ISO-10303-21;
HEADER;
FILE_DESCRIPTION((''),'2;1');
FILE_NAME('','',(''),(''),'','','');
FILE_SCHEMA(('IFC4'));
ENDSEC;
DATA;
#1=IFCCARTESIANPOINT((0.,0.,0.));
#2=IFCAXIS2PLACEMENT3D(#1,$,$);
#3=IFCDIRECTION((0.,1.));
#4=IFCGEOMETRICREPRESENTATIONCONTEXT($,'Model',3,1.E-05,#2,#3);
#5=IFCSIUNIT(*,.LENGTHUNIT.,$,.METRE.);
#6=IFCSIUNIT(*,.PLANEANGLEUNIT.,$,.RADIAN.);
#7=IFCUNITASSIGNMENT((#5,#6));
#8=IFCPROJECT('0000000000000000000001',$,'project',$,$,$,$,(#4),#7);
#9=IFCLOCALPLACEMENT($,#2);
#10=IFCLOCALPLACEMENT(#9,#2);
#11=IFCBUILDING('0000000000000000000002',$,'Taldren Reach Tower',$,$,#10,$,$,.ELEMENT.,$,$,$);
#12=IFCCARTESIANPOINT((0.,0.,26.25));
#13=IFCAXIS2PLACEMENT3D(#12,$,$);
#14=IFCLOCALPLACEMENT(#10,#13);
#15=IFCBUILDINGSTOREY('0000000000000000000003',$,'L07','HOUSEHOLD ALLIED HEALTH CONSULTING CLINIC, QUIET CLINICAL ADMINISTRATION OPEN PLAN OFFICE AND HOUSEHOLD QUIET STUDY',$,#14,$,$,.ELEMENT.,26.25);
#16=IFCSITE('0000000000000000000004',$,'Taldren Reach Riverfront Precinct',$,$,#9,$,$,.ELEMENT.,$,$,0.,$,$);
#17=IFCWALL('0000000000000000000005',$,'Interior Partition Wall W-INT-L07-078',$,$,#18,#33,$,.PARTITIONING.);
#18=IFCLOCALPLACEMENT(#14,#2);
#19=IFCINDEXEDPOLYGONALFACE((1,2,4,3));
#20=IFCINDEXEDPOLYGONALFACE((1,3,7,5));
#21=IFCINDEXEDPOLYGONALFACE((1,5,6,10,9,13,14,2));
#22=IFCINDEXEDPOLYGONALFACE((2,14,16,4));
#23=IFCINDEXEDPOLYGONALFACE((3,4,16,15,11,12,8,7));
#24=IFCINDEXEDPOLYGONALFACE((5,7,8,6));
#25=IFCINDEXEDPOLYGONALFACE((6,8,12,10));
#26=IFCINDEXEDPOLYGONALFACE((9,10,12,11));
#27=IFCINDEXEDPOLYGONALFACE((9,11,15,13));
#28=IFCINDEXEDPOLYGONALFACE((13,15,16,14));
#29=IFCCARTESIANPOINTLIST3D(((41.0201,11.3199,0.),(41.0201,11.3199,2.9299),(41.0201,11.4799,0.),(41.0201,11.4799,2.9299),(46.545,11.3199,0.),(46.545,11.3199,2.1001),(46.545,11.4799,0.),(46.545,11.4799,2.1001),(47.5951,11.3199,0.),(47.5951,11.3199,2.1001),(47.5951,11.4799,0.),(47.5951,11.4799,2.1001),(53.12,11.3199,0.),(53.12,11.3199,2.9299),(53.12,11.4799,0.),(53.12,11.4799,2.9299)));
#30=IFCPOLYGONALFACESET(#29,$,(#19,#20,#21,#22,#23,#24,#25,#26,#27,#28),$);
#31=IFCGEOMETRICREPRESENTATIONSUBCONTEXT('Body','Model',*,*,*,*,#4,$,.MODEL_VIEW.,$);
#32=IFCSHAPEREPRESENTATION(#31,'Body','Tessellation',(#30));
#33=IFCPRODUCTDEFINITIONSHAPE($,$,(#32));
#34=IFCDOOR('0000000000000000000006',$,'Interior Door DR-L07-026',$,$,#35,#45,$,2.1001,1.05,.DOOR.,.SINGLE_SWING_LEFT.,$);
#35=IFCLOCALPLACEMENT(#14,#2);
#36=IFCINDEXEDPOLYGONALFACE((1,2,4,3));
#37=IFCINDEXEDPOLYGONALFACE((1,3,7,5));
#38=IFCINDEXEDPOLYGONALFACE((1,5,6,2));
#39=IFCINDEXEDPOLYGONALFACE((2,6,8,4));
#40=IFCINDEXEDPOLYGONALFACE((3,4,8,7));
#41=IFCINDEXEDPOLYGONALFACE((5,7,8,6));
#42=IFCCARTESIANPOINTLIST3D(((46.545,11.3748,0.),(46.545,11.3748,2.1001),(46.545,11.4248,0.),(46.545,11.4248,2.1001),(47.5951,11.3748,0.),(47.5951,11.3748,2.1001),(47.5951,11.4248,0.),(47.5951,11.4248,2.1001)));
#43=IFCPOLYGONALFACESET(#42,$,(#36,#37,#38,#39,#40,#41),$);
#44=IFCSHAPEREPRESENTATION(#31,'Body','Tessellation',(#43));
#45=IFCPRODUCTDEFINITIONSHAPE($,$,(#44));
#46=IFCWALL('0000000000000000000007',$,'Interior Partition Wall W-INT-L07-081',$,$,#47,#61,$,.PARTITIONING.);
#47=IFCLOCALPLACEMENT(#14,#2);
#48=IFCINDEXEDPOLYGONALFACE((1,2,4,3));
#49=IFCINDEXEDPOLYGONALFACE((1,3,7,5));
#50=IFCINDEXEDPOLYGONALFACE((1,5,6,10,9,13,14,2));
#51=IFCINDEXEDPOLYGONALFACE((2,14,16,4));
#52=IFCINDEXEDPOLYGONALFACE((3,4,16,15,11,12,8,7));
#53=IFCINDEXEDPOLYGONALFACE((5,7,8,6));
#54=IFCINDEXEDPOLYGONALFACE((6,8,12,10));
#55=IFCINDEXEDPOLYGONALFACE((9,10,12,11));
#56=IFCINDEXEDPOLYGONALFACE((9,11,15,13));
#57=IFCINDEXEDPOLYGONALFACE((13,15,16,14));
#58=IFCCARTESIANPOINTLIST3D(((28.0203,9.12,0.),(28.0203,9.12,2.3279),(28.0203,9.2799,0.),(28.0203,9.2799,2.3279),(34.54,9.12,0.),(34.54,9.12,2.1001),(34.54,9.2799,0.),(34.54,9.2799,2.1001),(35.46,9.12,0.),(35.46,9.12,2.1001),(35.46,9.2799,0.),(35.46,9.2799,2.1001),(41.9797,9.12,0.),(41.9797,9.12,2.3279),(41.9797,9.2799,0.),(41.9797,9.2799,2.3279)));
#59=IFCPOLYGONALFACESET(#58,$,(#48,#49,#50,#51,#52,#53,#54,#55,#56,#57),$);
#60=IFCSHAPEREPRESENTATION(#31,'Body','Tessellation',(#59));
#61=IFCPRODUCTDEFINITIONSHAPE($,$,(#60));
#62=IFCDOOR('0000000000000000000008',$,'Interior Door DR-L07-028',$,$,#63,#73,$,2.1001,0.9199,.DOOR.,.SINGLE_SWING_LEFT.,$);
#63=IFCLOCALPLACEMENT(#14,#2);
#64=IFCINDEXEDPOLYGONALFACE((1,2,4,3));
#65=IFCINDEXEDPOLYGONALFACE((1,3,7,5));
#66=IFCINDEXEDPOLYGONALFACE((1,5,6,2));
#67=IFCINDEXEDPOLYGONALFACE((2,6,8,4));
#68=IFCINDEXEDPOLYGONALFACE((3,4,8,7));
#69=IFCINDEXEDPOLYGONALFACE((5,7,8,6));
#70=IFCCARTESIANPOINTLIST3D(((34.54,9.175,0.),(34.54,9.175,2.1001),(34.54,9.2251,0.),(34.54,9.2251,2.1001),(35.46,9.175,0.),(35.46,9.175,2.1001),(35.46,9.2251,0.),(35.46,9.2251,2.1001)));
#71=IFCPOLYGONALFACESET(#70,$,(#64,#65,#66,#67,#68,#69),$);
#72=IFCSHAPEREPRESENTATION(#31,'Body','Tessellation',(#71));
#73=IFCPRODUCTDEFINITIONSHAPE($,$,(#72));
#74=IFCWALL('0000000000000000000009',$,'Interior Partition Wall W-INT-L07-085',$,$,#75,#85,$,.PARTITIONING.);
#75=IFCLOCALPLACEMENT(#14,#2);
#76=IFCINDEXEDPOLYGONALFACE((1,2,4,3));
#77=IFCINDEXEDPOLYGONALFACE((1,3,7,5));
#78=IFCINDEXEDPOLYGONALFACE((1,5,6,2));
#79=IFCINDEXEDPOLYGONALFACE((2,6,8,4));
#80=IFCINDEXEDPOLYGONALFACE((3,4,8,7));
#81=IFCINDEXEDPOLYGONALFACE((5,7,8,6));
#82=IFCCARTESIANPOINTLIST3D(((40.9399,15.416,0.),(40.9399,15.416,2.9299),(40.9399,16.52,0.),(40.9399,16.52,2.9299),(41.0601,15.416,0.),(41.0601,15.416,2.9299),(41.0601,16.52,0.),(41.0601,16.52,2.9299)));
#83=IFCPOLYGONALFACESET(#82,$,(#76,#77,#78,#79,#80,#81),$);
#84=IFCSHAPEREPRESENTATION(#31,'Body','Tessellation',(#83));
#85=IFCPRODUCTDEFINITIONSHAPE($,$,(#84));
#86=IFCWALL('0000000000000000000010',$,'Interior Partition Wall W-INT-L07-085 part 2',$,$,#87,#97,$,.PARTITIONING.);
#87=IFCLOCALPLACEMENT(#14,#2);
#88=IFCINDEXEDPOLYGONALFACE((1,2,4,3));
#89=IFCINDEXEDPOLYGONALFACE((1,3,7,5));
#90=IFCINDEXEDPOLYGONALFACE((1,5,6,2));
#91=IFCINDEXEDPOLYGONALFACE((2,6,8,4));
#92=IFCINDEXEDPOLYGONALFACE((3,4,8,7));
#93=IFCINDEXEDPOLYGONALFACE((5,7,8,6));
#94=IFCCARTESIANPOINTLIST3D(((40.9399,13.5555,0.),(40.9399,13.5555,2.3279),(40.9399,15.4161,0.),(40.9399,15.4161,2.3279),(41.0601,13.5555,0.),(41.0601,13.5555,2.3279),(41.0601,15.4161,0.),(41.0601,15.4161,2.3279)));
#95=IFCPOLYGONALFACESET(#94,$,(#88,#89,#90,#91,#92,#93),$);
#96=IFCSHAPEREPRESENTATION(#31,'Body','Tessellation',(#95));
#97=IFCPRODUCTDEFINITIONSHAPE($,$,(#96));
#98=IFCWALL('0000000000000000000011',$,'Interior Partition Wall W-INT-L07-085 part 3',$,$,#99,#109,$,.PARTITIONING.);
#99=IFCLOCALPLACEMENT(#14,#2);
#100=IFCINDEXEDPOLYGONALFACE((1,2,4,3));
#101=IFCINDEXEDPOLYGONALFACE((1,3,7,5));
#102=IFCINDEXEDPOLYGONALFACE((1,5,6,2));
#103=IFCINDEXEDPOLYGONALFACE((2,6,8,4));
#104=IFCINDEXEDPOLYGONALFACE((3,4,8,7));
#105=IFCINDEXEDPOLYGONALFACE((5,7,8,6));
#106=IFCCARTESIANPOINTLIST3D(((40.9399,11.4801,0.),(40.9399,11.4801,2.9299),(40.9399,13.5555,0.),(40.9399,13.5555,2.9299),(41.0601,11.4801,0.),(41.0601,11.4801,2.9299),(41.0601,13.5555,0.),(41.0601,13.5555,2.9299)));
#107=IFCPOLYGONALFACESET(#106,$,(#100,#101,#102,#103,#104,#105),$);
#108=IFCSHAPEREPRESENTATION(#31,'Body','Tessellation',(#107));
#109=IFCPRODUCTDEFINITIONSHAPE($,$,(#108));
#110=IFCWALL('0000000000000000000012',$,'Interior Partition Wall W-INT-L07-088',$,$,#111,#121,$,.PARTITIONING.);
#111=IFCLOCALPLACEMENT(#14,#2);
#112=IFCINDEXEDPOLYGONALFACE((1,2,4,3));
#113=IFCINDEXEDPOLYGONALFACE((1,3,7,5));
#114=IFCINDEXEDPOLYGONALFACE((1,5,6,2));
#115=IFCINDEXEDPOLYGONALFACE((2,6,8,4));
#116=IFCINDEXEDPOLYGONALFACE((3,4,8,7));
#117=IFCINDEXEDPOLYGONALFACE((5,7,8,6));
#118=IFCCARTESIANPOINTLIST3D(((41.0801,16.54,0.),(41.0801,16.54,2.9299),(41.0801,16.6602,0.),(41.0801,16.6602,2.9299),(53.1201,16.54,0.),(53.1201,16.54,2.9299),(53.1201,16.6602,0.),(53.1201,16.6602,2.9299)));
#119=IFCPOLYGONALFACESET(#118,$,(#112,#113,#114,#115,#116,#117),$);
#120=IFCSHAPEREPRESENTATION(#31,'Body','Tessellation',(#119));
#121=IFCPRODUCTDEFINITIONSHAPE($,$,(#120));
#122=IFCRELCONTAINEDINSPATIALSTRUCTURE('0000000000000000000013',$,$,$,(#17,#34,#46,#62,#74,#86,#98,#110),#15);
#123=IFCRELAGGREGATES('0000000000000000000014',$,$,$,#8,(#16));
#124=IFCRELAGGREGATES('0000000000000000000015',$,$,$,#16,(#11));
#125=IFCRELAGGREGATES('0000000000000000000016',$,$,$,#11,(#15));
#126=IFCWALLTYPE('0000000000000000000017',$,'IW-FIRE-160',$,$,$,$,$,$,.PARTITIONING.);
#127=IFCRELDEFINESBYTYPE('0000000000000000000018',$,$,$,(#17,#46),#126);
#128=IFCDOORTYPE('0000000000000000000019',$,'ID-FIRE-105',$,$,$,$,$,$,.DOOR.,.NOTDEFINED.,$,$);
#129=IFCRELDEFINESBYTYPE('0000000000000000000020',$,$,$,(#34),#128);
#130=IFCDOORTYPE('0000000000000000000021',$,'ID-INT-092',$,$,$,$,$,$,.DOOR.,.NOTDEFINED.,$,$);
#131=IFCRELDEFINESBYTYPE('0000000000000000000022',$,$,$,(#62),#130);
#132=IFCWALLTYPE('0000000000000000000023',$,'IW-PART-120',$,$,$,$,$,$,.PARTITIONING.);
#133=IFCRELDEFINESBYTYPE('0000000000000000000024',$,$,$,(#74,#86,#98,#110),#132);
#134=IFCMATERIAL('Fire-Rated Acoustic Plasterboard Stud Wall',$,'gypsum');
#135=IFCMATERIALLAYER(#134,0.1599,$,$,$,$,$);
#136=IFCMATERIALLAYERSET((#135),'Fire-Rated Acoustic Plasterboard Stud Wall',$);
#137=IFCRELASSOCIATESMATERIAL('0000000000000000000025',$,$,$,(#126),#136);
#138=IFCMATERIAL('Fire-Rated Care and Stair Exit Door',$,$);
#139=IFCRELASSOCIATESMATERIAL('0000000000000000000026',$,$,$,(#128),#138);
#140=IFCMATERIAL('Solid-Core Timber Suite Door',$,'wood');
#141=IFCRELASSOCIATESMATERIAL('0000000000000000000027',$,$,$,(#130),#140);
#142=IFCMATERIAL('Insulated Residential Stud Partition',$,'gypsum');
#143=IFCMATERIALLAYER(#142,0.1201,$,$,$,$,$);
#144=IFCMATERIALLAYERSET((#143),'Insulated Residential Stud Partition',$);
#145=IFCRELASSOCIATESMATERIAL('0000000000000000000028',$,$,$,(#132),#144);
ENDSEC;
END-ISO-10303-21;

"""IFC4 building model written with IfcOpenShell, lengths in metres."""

from ifc_helpers import new_model, si_unit, direction, frame, frame_2d, origin, place, context, subcontext, project, spatial, rectangle, extrude, source, transform, mapped, material, layer, layer_set, type_object, element, fill, save


model = new_model("IFC4")

# Units and contexts
model_context = context("Model", 3, precision=1e-05, world=origin(), true_north=direction((0.0, 1.0)))
body_context = subcontext(model_context, "Body", "Model", "MODEL_VIEW")
ifc_project = project(units=[si_unit("LENGTHUNIT", "METRE"), si_unit("PLANEANGLEUNIT", "RADIAN")], contexts=[model_context])

# Site, building, storey
site_placement = place(None, origin())
site = spatial("IfcSite", under=ifc_project, at=site_placement, Name="Taldren Reach Riverfront Precinct", CompositionType="ELEMENT", RefElevation=0.0)
building_placement = place(site_placement, origin())
building = spatial("IfcBuilding", under=site, at=building_placement, Name="Taldren Reach Tower", CompositionType="ELEMENT")
storey_placement = place(building_placement, frame((0.0, 0.0, 26.25)))
storey = spatial("IfcBuildingStorey", under=building, at=storey_placement, Name="L07", Description="HOUSEHOLD ALLIED HEALTH CONSULTING CLINIC, QUIET CLINICAL ADMINISTRATION OPEN PLAN OFFICE AND HOUSEHOLD QUIET STUDY", CompositionType="ELEMENT", Elevation=26.25)

# Shared definitions
ifc_material_1 = material(Name="Fire-Rated Acoustic Plasterboard Stud Wall", Category="gypsum")
ifc_layer_1 = layer(ifc_material_1, 0.1599)
ifc_layer_set_1 = layer_set([ifc_layer_1], Name="Fire-Rated Acoustic Plasterboard Stud Wall")
wall_type_1 = type_object("IfcWallType", Name="IW-FIRE-160", PredefinedType="PARTITIONING", material=ifc_layer_set_1)

# Shared definitions
shared_shape_1 = source(origin(), body_context, "Body", "SweptSolid", [
    extrude(rectangle(XDim=1.05, YDim=2.1001, at=frame_2d((0.5249, 1.05))), frame((0.0, 0.0898, 0.0), z_axis=(0.0, -1.0, 0.0), x_axis=(1.0, 0.0, 0.0)), (0.0, 0.0, 1.0), 0.1799),
])
ifc_material_2 = material(Name="Fire-Rated Care and Stair Exit Door")
door_type_1 = type_object("IfcDoorType", Name="ID-FIRE-105", OperationType="NOTDEFINED", PredefinedType="DOOR", material=ifc_material_2)
shared_shape_2 = source(origin(), body_context, "Body", "SweptSolid", [
    extrude(rectangle(XDim=1.05, YDim=2.1001, at=frame_2d((0.5249, 1.05))), frame((0.0, 0.0249, 0.0), z_axis=(0.0, -1.0, 0.0), x_axis=(1.0, 0.0, 0.0)), (0.0, 0.0, 1.0), 0.05),
])
shared_shape_3 = source(origin(), body_context, "Body", "SweptSolid", [
    extrude(rectangle(XDim=0.9199, YDim=2.1001, at=frame_2d((0.46, 1.05))), frame((0.0, 0.0898, 0.0), z_axis=(0.0, -1.0, 0.0), x_axis=(1.0, 0.0, 0.0)), (0.0, 0.0, 1.0), 0.1799),
])
ifc_material_3 = material(Name="Solid-Core Timber Suite Door", Category="wood")
door_type_2 = type_object("IfcDoorType", Name="ID-INT-092", OperationType="NOTDEFINED", PredefinedType="DOOR", material=ifc_material_3)
shared_shape_4 = source(origin(), body_context, "Body", "SweptSolid", [
    extrude(rectangle(XDim=0.9199, YDim=2.1001, at=frame_2d((0.46, 1.05))), frame((0.0, 0.0249, 0.0), z_axis=(0.0, -1.0, 0.0), x_axis=(1.0, 0.0, 0.0)), (0.0, 0.0, 1.0), 0.05),
])

# Walls, openings, doors
shared_shape_5 = source(origin(), body_context, "Body", "SweptSolid", [
    extrude(rectangle(XDim=12.0999, YDim=0.1599, at=frame_2d((6.0498, 0.0))), origin(), (0.0, 0.0, 1.0), 2.9299),
])
wall_1_placement = place(storey_placement, frame((41.0203, 11.3999, 0.0), z_axis=(0.0, 0.0, 1.0), x_axis=(1.0, 0.0, 0.0)))
wall_1 = element("IfcWall", 1, at=wall_1_placement, inside=storey, type_object=wall_type_1, Name="Interior Partition Wall W-INT-L07-078", PredefinedType="PARTITIONING", context=body_context, shape_type="MappedRepresentation", body=[
    mapped(shared_shape_5, transform((0.0, 0.0, 0.0), scale=1.0)),
])
opening_1_placement = place(wall_1_placement, frame((5.5249, 0.0, 0.0)))
opening_1 = element("IfcOpeningElement", 2, at=opening_1_placement, cuts=wall_1, PredefinedType="OPENING", context=body_context, shape_type="MappedRepresentation", body=[
    mapped(shared_shape_1, transform((0.0, 0.0, 0.0), scale=1.0)),
])
door_1_placement = place(opening_1_placement, origin())
door_1 = element("IfcDoor", 3, at=door_1_placement, inside=storey, type_object=door_type_1, Name="Interior Door DR-L07-026", OperationType="SINGLE_SWING_LEFT", OverallHeight=2.1001, OverallWidth=1.05, PredefinedType="DOOR", context=body_context, shape_type="MappedRepresentation", body=[
    mapped(shared_shape_2, transform((0.0, 0.0, 0.0), scale=1.0)),
])
fill(opening_1, door_1)
shared_shape_6 = source(origin(), body_context, "Body", "SweptSolid", [
    extrude(rectangle(XDim=13.9595, YDim=0.1599, at=frame_2d((6.9797, 0.0))), origin(), (0.0, 0.0, 1.0), 2.3279),
])
wall_2_placement = place(storey_placement, frame((41.9797, 9.2, 0.0), z_axis=(0.0, 0.0, 1.0), x_axis=(-1.0, 0.0, 0.0)))
wall_2 = element("IfcWall", 4, at=wall_2_placement, inside=storey, type_object=wall_type_1, Name="Interior Partition Wall W-INT-L07-081", PredefinedType="PARTITIONING", context=body_context, shape_type="MappedRepresentation", body=[
    mapped(shared_shape_6, transform((0.0, 0.0, 0.0), scale=1.0)),
])
opening_2_placement = place(wall_2_placement, frame((6.5198, 0.0, 0.0)))
opening_2 = element("IfcOpeningElement", 5, at=opening_2_placement, cuts=wall_2, PredefinedType="OPENING", context=body_context, shape_type="MappedRepresentation", body=[
    mapped(shared_shape_3, transform((0.0, 0.0, 0.0), scale=1.0)),
])
door_2_placement = place(opening_2_placement, origin())
door_2 = element("IfcDoor", 6, at=door_2_placement, inside=storey, type_object=door_type_2, Name="Interior Door DR-L07-028", OperationType="SINGLE_SWING_LEFT", OverallHeight=2.1001, OverallWidth=0.9199, PredefinedType="DOOR", context=body_context, shape_type="MappedRepresentation", body=[
    mapped(shared_shape_4, transform((0.0, 0.0, 0.0), scale=1.0)),
])
fill(opening_2, door_2)

# Walls
ifc_material_4 = material(Name="Insulated Residential Stud Partition", Category="gypsum")
ifc_layer_2 = layer(ifc_material_4, 0.1201)
ifc_layer_set_2 = layer_set([ifc_layer_2], Name="Insulated Residential Stud Partition")
wall_type_2 = type_object("IfcWallType", Name="IW-PART-120", PredefinedType="PARTITIONING", material=ifc_layer_set_2)
shared_shape_7 = source(origin(), body_context, "Body", "SweptSolid", [
    extrude(rectangle(XDim=1.104, YDim=0.1201, at=frame_2d((0.552, 0.0))), origin(), (0.0, 0.0, 1.0), 2.9299),
])
wall_3_placement = place(storey_placement, frame((41.0, 16.52, 0.0), z_axis=(0.0, 0.0, 1.0), x_axis=(0.0, -1.0, 0.0)))
element("IfcWall", 7, at=wall_3_placement, inside=storey, type_object=wall_type_2, Name="Interior Partition Wall W-INT-L07-085", PredefinedType="PARTITIONING", context=body_context, shape_type="MappedRepresentation", body=[
    mapped(shared_shape_7, transform((0.0, 0.0, 0.0), scale=1.0)),
])
shared_shape_8 = source(origin(), body_context, "Body", "SweptSolid", [
    extrude(rectangle(XDim=1.8606, YDim=0.1201, at=frame_2d((0.9302, 0.0))), origin(), (0.0, 0.0, 1.0), 2.3279),
])
wall_4_placement = place(storey_placement, frame((41.0, 15.416, 0.0), z_axis=(0.0, 0.0, 1.0), x_axis=(0.0, -1.0, 0.0)))
element("IfcWall", 8, at=wall_4_placement, inside=storey, type_object=wall_type_2, Name="Interior Partition Wall W-INT-L07-085 part 2", PredefinedType="PARTITIONING", context=body_context, shape_type="MappedRepresentation", body=[
    mapped(shared_shape_8, transform((0.0, 0.0, 0.0), scale=1.0)),
])
shared_shape_9 = source(origin(), body_context, "Body", "SweptSolid", [
    extrude(rectangle(XDim=2.0754, YDim=0.1201, at=frame_2d((1.0376, 0.0))), origin(), (0.0, 0.0, 1.0), 2.9299),
])
wall_5_placement = place(storey_placement, frame((41.0, 13.5554, 0.0), z_axis=(0.0, 0.0, 1.0), x_axis=(0.0, -1.0, 0.0)))
element("IfcWall", 9, at=wall_5_placement, inside=storey, type_object=wall_type_2, Name="Interior Partition Wall W-INT-L07-085 part 3", PredefinedType="PARTITIONING", context=body_context, shape_type="MappedRepresentation", body=[
    mapped(shared_shape_9, transform((0.0, 0.0, 0.0), scale=1.0)),
])
shared_shape_10 = source(origin(), body_context, "Body", "SweptSolid", [
    extrude(rectangle(XDim=12.04, YDim=0.1201, at=frame_2d((6.02, 0.0))), origin(), (0.0, 0.0, 1.0), 2.9299),
])
wall_6_placement = place(storey_placement, frame((41.0801, 16.6001, 0.0), z_axis=(0.0, 0.0, 1.0), x_axis=(1.0, 0.0, 0.0)))
element("IfcWall", 10, at=wall_6_placement, inside=storey, type_object=wall_type_2, Name="Interior Partition Wall W-INT-L07-088", PredefinedType="PARTITIONING", context=body_context, shape_type="MappedRepresentation", body=[
    mapped(shared_shape_10, transform((0.0, 0.0, 0.0), scale=1.0)),
])

save(model, "model.ifc")
